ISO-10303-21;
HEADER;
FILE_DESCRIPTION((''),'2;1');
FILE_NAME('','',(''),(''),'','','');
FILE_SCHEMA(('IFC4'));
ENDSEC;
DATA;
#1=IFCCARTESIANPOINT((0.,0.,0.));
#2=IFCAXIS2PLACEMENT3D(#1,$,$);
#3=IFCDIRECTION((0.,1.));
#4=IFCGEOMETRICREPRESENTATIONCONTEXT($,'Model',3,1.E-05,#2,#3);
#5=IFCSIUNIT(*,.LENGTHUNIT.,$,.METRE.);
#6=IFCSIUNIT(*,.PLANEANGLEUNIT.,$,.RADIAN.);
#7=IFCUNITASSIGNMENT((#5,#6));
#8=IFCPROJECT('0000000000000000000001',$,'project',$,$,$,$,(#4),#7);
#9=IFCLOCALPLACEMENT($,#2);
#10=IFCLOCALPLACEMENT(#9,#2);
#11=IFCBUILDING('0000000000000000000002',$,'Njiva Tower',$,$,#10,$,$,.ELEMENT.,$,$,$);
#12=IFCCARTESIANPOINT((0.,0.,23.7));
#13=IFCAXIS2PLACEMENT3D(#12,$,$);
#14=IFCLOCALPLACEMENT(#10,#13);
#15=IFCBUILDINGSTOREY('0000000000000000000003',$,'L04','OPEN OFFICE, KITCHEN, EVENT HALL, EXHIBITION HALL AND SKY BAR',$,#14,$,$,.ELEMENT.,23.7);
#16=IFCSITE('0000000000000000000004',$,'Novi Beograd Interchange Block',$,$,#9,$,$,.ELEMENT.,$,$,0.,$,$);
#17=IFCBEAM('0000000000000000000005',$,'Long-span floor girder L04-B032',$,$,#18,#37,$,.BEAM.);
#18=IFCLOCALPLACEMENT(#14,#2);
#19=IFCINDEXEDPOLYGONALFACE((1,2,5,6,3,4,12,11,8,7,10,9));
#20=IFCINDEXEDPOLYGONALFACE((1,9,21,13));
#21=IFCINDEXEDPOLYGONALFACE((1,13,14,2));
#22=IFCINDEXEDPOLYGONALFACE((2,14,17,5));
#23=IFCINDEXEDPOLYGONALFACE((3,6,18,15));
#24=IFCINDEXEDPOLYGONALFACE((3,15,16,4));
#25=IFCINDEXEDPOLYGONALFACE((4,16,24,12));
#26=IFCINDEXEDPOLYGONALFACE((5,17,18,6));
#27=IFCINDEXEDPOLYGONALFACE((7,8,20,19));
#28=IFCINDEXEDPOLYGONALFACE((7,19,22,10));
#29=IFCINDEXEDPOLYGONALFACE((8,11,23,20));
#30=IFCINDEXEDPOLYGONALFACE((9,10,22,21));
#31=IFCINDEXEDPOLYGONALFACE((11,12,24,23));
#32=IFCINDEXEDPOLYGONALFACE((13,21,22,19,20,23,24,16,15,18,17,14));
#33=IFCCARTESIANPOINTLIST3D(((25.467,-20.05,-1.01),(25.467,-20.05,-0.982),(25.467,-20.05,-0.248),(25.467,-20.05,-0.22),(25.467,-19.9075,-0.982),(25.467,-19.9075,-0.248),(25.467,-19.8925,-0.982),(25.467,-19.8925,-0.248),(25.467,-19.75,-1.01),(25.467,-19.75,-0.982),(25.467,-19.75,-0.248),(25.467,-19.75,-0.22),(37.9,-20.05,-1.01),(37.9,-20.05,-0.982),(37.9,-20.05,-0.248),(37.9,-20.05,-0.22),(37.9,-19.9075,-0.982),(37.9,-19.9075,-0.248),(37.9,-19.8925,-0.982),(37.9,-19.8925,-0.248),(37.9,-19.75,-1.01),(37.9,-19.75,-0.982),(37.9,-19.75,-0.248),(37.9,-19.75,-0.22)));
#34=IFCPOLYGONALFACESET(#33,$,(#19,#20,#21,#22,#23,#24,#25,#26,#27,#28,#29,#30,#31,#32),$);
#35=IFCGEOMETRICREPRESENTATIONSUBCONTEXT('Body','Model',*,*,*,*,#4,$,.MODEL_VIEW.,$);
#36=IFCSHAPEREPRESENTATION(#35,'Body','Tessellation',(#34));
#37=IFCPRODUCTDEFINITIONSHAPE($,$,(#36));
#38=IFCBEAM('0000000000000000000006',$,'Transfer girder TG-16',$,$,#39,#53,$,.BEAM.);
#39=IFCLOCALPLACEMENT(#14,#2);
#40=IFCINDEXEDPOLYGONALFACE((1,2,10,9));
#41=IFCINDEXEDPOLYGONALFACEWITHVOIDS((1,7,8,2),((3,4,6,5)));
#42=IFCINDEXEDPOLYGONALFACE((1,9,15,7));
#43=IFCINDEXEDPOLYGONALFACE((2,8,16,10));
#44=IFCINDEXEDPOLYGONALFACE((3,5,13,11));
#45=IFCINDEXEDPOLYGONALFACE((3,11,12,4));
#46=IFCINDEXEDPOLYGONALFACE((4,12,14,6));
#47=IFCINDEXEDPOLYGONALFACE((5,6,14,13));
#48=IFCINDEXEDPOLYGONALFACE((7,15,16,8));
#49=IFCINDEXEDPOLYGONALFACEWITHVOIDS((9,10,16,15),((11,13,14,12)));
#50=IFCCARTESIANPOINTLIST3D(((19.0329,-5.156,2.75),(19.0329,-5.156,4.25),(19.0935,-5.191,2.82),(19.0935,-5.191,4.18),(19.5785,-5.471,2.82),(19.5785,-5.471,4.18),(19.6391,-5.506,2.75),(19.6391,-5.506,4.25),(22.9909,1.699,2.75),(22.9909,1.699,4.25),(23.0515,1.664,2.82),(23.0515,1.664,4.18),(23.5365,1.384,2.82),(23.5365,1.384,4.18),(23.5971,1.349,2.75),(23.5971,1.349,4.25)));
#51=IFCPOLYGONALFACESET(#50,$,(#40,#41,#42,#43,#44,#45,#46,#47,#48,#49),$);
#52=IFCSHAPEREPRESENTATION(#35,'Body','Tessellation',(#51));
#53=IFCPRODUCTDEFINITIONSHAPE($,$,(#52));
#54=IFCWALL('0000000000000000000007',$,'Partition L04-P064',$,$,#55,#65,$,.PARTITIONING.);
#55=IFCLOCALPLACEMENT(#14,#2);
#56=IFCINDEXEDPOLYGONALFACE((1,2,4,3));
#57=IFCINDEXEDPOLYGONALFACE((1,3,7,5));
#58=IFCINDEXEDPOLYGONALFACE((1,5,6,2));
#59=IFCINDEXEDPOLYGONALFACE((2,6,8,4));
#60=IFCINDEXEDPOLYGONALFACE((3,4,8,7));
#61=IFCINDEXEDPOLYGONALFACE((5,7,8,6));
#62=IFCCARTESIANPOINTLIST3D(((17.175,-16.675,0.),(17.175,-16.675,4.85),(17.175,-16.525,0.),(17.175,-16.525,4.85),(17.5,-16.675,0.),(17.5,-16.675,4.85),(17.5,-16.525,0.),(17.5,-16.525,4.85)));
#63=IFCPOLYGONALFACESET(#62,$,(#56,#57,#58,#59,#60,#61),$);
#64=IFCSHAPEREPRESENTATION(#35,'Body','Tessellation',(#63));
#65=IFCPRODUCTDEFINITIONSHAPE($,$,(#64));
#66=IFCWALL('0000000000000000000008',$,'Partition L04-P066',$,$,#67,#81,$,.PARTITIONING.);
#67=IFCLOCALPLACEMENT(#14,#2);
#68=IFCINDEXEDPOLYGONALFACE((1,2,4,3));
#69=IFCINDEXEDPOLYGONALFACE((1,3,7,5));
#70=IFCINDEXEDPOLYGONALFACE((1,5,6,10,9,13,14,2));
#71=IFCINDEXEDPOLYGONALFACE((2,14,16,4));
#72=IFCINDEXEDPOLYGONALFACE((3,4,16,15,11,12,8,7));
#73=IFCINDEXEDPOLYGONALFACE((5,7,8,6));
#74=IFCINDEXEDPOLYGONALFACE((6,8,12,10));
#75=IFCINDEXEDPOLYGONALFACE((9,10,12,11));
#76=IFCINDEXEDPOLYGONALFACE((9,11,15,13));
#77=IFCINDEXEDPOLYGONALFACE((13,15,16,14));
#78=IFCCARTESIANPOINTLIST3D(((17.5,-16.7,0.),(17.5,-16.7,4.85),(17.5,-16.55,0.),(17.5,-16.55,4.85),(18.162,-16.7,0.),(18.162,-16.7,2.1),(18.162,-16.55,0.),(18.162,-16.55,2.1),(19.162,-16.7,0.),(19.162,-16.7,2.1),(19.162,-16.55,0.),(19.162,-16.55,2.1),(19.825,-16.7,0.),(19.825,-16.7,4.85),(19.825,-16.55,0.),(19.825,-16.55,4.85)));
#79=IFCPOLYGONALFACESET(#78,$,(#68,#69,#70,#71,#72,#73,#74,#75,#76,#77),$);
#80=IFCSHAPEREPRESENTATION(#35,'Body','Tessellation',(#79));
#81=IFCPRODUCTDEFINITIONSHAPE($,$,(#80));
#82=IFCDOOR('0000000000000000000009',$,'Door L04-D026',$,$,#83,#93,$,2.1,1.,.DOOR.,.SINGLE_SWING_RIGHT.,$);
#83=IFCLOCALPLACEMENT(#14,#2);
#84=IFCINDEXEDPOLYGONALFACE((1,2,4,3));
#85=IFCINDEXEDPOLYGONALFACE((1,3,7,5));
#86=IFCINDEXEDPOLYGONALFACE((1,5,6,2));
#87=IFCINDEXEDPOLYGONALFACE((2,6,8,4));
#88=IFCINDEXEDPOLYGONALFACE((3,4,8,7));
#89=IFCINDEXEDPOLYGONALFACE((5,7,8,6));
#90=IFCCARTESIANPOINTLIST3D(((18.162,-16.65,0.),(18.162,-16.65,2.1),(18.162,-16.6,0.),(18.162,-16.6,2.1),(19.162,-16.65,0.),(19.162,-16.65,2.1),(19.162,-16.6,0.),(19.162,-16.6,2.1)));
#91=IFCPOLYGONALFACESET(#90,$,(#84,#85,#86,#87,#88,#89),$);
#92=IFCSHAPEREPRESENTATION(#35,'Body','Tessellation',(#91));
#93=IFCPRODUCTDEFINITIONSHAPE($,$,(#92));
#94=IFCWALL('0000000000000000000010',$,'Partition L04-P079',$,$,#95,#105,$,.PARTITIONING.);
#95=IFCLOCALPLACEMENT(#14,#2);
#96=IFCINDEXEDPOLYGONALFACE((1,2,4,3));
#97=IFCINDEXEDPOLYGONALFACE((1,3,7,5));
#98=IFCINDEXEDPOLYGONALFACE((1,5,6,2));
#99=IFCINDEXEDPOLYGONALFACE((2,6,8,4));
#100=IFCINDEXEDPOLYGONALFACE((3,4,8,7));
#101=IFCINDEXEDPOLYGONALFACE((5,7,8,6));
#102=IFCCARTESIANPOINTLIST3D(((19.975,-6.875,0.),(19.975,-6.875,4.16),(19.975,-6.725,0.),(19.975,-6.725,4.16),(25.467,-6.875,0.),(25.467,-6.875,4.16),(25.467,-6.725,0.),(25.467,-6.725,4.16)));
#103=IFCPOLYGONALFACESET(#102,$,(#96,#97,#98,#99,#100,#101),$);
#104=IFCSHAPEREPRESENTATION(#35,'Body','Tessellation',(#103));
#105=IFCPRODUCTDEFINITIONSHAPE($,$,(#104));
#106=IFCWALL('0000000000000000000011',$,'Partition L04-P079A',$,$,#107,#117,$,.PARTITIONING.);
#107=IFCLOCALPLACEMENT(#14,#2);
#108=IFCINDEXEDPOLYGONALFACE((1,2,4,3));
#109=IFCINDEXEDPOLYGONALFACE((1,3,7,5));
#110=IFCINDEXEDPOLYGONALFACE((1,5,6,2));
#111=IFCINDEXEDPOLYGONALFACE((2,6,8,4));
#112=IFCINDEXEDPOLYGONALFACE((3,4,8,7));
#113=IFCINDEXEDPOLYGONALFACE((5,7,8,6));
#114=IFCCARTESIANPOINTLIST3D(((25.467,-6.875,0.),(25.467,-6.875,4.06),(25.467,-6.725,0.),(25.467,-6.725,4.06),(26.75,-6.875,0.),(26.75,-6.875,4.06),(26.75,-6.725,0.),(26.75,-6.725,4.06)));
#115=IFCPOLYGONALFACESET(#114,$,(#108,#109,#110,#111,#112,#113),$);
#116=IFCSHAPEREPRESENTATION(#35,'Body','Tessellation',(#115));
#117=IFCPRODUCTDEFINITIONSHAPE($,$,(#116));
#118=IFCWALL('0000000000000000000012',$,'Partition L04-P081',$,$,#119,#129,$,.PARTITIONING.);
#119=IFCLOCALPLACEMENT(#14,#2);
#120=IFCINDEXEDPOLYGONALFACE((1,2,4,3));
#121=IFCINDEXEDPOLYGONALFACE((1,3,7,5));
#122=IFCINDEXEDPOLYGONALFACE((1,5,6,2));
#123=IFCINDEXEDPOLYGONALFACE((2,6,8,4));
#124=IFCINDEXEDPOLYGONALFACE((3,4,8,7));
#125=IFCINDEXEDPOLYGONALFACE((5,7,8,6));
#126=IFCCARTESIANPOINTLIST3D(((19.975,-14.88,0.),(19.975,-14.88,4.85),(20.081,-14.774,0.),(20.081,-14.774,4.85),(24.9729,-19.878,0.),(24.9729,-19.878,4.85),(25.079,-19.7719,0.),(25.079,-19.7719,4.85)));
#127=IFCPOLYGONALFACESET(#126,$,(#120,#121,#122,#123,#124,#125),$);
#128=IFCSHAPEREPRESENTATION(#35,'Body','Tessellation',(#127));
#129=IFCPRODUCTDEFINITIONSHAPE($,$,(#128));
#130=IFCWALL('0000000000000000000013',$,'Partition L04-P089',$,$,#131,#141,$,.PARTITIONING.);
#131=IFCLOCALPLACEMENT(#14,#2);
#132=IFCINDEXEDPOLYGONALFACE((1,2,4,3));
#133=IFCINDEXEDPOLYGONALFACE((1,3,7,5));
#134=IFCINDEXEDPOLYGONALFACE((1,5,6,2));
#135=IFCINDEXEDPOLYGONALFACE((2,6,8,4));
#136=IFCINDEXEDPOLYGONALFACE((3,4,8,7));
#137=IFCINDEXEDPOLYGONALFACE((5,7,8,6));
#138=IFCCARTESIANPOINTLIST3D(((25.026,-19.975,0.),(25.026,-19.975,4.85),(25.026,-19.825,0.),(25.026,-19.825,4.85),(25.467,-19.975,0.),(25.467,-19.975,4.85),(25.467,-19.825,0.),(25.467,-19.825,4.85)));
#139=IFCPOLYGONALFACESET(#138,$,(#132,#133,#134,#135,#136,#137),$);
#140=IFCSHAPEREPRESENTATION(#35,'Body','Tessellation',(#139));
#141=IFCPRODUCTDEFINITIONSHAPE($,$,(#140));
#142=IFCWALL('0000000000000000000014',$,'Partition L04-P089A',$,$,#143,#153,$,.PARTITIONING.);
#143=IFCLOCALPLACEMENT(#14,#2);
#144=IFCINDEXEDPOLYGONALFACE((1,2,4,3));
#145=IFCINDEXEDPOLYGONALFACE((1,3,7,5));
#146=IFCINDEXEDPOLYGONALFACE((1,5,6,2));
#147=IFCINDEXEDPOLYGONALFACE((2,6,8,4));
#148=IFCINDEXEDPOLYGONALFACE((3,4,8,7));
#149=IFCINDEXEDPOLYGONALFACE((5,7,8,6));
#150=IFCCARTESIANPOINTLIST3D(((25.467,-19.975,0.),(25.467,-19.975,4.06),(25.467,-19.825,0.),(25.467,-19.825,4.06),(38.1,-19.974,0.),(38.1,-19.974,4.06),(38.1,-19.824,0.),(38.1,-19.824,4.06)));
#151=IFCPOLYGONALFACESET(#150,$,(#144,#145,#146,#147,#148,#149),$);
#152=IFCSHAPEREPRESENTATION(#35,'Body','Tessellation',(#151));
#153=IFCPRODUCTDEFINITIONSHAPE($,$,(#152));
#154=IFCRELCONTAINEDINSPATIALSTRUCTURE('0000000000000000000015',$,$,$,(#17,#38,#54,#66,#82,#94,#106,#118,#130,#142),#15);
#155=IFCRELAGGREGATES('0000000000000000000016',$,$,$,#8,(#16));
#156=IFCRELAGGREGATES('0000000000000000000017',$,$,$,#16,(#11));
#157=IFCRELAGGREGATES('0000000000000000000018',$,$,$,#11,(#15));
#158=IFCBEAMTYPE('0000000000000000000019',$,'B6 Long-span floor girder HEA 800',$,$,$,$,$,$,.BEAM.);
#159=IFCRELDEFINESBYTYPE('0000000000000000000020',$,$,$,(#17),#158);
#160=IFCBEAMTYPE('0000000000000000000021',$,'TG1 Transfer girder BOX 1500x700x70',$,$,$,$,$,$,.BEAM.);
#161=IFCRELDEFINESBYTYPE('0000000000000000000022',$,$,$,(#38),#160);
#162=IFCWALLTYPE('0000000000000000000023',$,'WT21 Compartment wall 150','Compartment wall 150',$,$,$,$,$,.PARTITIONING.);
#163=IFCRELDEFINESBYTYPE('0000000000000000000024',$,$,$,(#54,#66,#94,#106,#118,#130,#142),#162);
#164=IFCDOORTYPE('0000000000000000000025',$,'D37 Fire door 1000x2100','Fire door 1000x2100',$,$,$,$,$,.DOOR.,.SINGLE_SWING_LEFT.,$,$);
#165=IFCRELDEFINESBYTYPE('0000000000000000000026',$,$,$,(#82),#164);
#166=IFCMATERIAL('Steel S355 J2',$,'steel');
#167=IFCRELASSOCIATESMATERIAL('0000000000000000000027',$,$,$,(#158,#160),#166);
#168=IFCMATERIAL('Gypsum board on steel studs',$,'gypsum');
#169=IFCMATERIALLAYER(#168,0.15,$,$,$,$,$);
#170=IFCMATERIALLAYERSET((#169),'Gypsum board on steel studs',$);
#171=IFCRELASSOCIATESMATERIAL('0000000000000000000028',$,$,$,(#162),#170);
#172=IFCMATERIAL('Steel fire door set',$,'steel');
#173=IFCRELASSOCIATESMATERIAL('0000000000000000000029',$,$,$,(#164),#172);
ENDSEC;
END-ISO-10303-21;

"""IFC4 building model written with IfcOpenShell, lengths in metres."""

from ifc_helpers import new_model, si_unit, direction, frame, frame_2d, origin, origin_2d, place, context, subcontext, project, spatial, rectangle, hollow_rectangle, i_section, extrude, material, layer, layer_set, material_profile, profile_set, type_object, element, fill, save


model = new_model("IFC4")

# Units and contexts
model_context = context("Model", 3, precision=1e-05, world=origin(), true_north=direction((0.0, 1.0)))
body_context = subcontext(model_context, "Body", "Model", "MODEL_VIEW")
ifc_project = project(units=[si_unit("LENGTHUNIT", "METRE"), si_unit("PLANEANGLEUNIT", "RADIAN")], contexts=[model_context])

# Site, building, storey
site_placement = place(None, origin())
site = spatial("IfcSite", under=ifc_project, at=site_placement, Name="Novi Beograd Interchange Block", CompositionType="ELEMENT", RefElevation=0.0)
building_placement = place(site_placement, origin())
building = spatial("IfcBuilding", under=site, at=building_placement, Name="Njiva Tower", CompositionType="ELEMENT")
storey_placement = place(building_placement, frame((0.0, 0.0, 23.7)))
storey = spatial("IfcBuildingStorey", under=building, at=storey_placement, Name="L04", Description="OPEN OFFICE, KITCHEN, EVENT HALL, EXHIBITION HALL AND SKY BAR", CompositionType="ELEMENT", Elevation=23.7)

# Shared definitions
ifc_material_1 = material(Name="Steel S355 J2", Category="steel")

# Beams
ifc_material_profile_1 = material_profile(ifc_material_1, i_section(OverallWidth=0.3, OverallDepth=0.79, WebThickness=0.015, FlangeThickness=0.028, at=origin_2d()), Name="HEA 800")
ifc_profile_set_1 = profile_set([ifc_material_profile_1], Name="Steel S355 J2")
beam_type_1 = type_object("IfcBeamType", Name="B6 Long-span floor girder HEA 800", PredefinedType="BEAM", material=ifc_profile_set_1)
beam_1_placement = place(storey_placement, frame((25.467, -19.9, -0.615), z_axis=(1.0, 0.0, 0.0), x_axis=(0.0, 1.0, 0.0)))
element("IfcBeam", 1, at=beam_1_placement, inside=storey, type_object=beam_type_1, Name="Long-span floor girder L04-B032", PredefinedType="BEAM", context=body_context, shape_type="SweptSolid", body=[
    extrude(i_section(OverallWidth=0.3, OverallDepth=0.79, WebThickness=0.015, FlangeThickness=0.028, at=origin_2d()), origin(), (0.0, 0.0, 1.0), 12.433),
])
ifc_material_profile_2 = material_profile(ifc_material_1, hollow_rectangle(XDim=0.7, YDim=1.5, WallThickness=0.07, at=origin_2d()), Name="BOX 1500x700x70")
ifc_profile_set_2 = profile_set([ifc_material_profile_2], Name="Steel S355 J2")
beam_type_2 = type_object("IfcBeamType", Name="TG1 Transfer girder BOX 1500x700x70", PredefinedType="BEAM", material=ifc_profile_set_2)
beam_2_placement = place(storey_placement, frame((19.336, -5.331, 3.5), z_axis=(0.500025, 0.866011, 0.0), x_axis=(-0.866011, 0.500025, 0.0)))
element("IfcBeam", 2, at=beam_2_placement, inside=storey, type_object=beam_type_2, Name="Transfer girder TG-16", PredefinedType="BEAM", context=body_context, shape_type="SweptSolid", body=[
    extrude(hollow_rectangle(XDim=0.7, YDim=1.5, WallThickness=0.07, at=origin_2d()), origin(), (0.0, 0.0, 1.0), 7.9156),
])

# Wall
ifc_material_2 = material(Name="Gypsum board on steel studs", Category="gypsum")
ifc_layer_1 = layer(ifc_material_2, 0.15)
ifc_layer_set_1 = layer_set([ifc_layer_1], Name="Gypsum board on steel studs")
wall_type_1 = type_object("IfcWallType", Name="WT21 Compartment wall 150", Description="Compartment wall 150", PredefinedType="PARTITIONING", material=ifc_layer_set_1)
wall_1_placement = place(storey_placement, frame((17.175, -16.6, 0.0), z_axis=(0.0, 0.0, 1.0), x_axis=(1.0, 0.0, 0.0)))
element("IfcWall", 3, at=wall_1_placement, inside=storey, type_object=wall_type_1, Name="Partition L04-P064", PredefinedType="PARTITIONING", context=body_context, shape_type="SweptSolid", body=[
    extrude(rectangle(XDim=0.325, YDim=0.15, at=frame_2d((0.1625, 0.0))), origin(), (0.0, 0.0, 1.0), 4.85),
])

# Wall, opening, door
wall_2_placement = place(storey_placement, frame((17.5, -16.625, 0.0), z_axis=(0.0, 0.0, 1.0), x_axis=(1.0, 0.0, 0.0)))
wall_2 = element("IfcWall", 4, at=wall_2_placement, inside=storey, type_object=wall_type_1, Name="Partition L04-P066", PredefinedType="PARTITIONING", context=body_context, shape_type="SweptSolid", body=[
    extrude(rectangle(XDim=2.325, YDim=0.15, at=frame_2d((1.1625, 0.0))), origin(), (0.0, 0.0, 1.0), 4.85),
])
opening_1_placement = place(wall_2_placement, frame((0.662, 0.0, 0.0)))
opening_1 = element("IfcOpeningElement", 5, at=opening_1_placement, cuts=wall_2, PredefinedType="OPENING", context=body_context, shape_type="SweptSolid", body=[
    extrude(rectangle(XDim=1.0, YDim=2.1, at=frame_2d((0.5, 1.05))), frame((0.0, 0.085, 0.0), z_axis=(0.0, -1.0, 0.0), x_axis=(1.0, 0.0, 0.0)), (0.0, 0.0, 1.0), 0.17),
])
ifc_material_3 = material(Name="Steel fire door set", Category="steel")
door_type_1 = type_object("IfcDoorType", Name="D37 Fire door 1000x2100", Description="Fire door 1000x2100", OperationType="SINGLE_SWING_LEFT", PredefinedType="DOOR", material=ifc_material_3)
door_1_placement = place(opening_1_placement, origin())
door_1 = element("IfcDoor", 6, at=door_1_placement, inside=storey, type_object=door_type_1, Name="Door L04-D026", OperationType="SINGLE_SWING_RIGHT", OverallHeight=2.1, OverallWidth=1.0, PredefinedType="DOOR", context=body_context, shape_type="SweptSolid", body=[
    extrude(rectangle(XDim=1.0, YDim=2.1, at=frame_2d((0.5, 1.05))), frame((0.0, 0.025, 0.0), z_axis=(0.0, -1.0, 0.0), x_axis=(1.0, 0.0, 0.0)), (0.0, 0.0, 1.0), 0.05),
])
fill(opening_1, door_1)

# Walls
wall_3_placement = place(storey_placement, frame((19.975, -6.8, 0.0), z_axis=(0.0, 0.0, 1.0), x_axis=(1.0, 0.0, 0.0)))
element("IfcWall", 7, at=wall_3_placement, inside=storey, type_object=wall_type_1, Name="Partition L04-P079", PredefinedType="PARTITIONING", context=body_context, shape_type="SweptSolid", body=[
    extrude(rectangle(XDim=5.492, YDim=0.15, at=frame_2d((2.746, 0.0))), origin(), (0.0, 0.0, 1.0), 4.16),
])
wall_4_placement = place(storey_placement, frame((25.467, -6.8, 0.0), z_axis=(0.0, 0.0, 1.0), x_axis=(1.0, 0.0, 0.0)))
element("IfcWall", 8, at=wall_4_placement, inside=storey, type_object=wall_type_1, Name="Partition L04-P079A", PredefinedType="PARTITIONING", context=body_context, shape_type="SweptSolid", body=[
    extrude(rectangle(XDim=1.283, YDim=0.15, at=frame_2d((0.6415, 0.0))), origin(), (0.0, 0.0, 1.0), 4.06),
])
wall_5_placement = place(storey_placement, frame((20.028, -14.827, 0.0), z_axis=(0.0, 0.0, 1.0), x_axis=(0.707107, -0.707107, 0.0)))
element("IfcWall", 9, at=wall_5_placement, inside=storey, type_object=wall_type_1, Name="Partition L04-P081", PredefinedType="PARTITIONING", context=body_context, shape_type="SweptSolid", body=[
    extrude(rectangle(XDim=7.0682, YDim=0.15, at=frame_2d((3.5341, 0.0))), origin(), (0.0, 0.0, 1.0), 4.85),
])
wall_6_placement = place(storey_placement, frame((25.026, -19.9, 0.0), z_axis=(0.0, 0.0, 1.0), x_axis=(1.0, 0.0, 0.0)))
element("IfcWall", 10, at=wall_6_placement, inside=storey, type_object=wall_type_1, Name="Partition L04-P089", PredefinedType="PARTITIONING", context=body_context, shape_type="SweptSolid", body=[
    extrude(rectangle(XDim=0.441, YDim=0.15, at=frame_2d((0.2205, 0.0))), origin(), (0.0, 0.0, 1.0), 4.85),
])
wall_7_placement = place(storey_placement, frame((25.467, -19.9, 0.0), z_axis=(0.0, 0.0, 1.0), x_axis=(1.0, 0.000079, 0.0)))
element("IfcWall", 11, at=wall_7_placement, inside=storey, type_object=wall_type_1, Name="Partition L04-P089A", PredefinedType="PARTITIONING", context=body_context, shape_type="SweptSolid", body=[
    extrude(rectangle(XDim=12.633, YDim=0.15, at=frame_2d((6.3165, 0.0))), origin(), (0.0, 0.0, 1.0), 4.06),
])

save(model, "model.ifc")
